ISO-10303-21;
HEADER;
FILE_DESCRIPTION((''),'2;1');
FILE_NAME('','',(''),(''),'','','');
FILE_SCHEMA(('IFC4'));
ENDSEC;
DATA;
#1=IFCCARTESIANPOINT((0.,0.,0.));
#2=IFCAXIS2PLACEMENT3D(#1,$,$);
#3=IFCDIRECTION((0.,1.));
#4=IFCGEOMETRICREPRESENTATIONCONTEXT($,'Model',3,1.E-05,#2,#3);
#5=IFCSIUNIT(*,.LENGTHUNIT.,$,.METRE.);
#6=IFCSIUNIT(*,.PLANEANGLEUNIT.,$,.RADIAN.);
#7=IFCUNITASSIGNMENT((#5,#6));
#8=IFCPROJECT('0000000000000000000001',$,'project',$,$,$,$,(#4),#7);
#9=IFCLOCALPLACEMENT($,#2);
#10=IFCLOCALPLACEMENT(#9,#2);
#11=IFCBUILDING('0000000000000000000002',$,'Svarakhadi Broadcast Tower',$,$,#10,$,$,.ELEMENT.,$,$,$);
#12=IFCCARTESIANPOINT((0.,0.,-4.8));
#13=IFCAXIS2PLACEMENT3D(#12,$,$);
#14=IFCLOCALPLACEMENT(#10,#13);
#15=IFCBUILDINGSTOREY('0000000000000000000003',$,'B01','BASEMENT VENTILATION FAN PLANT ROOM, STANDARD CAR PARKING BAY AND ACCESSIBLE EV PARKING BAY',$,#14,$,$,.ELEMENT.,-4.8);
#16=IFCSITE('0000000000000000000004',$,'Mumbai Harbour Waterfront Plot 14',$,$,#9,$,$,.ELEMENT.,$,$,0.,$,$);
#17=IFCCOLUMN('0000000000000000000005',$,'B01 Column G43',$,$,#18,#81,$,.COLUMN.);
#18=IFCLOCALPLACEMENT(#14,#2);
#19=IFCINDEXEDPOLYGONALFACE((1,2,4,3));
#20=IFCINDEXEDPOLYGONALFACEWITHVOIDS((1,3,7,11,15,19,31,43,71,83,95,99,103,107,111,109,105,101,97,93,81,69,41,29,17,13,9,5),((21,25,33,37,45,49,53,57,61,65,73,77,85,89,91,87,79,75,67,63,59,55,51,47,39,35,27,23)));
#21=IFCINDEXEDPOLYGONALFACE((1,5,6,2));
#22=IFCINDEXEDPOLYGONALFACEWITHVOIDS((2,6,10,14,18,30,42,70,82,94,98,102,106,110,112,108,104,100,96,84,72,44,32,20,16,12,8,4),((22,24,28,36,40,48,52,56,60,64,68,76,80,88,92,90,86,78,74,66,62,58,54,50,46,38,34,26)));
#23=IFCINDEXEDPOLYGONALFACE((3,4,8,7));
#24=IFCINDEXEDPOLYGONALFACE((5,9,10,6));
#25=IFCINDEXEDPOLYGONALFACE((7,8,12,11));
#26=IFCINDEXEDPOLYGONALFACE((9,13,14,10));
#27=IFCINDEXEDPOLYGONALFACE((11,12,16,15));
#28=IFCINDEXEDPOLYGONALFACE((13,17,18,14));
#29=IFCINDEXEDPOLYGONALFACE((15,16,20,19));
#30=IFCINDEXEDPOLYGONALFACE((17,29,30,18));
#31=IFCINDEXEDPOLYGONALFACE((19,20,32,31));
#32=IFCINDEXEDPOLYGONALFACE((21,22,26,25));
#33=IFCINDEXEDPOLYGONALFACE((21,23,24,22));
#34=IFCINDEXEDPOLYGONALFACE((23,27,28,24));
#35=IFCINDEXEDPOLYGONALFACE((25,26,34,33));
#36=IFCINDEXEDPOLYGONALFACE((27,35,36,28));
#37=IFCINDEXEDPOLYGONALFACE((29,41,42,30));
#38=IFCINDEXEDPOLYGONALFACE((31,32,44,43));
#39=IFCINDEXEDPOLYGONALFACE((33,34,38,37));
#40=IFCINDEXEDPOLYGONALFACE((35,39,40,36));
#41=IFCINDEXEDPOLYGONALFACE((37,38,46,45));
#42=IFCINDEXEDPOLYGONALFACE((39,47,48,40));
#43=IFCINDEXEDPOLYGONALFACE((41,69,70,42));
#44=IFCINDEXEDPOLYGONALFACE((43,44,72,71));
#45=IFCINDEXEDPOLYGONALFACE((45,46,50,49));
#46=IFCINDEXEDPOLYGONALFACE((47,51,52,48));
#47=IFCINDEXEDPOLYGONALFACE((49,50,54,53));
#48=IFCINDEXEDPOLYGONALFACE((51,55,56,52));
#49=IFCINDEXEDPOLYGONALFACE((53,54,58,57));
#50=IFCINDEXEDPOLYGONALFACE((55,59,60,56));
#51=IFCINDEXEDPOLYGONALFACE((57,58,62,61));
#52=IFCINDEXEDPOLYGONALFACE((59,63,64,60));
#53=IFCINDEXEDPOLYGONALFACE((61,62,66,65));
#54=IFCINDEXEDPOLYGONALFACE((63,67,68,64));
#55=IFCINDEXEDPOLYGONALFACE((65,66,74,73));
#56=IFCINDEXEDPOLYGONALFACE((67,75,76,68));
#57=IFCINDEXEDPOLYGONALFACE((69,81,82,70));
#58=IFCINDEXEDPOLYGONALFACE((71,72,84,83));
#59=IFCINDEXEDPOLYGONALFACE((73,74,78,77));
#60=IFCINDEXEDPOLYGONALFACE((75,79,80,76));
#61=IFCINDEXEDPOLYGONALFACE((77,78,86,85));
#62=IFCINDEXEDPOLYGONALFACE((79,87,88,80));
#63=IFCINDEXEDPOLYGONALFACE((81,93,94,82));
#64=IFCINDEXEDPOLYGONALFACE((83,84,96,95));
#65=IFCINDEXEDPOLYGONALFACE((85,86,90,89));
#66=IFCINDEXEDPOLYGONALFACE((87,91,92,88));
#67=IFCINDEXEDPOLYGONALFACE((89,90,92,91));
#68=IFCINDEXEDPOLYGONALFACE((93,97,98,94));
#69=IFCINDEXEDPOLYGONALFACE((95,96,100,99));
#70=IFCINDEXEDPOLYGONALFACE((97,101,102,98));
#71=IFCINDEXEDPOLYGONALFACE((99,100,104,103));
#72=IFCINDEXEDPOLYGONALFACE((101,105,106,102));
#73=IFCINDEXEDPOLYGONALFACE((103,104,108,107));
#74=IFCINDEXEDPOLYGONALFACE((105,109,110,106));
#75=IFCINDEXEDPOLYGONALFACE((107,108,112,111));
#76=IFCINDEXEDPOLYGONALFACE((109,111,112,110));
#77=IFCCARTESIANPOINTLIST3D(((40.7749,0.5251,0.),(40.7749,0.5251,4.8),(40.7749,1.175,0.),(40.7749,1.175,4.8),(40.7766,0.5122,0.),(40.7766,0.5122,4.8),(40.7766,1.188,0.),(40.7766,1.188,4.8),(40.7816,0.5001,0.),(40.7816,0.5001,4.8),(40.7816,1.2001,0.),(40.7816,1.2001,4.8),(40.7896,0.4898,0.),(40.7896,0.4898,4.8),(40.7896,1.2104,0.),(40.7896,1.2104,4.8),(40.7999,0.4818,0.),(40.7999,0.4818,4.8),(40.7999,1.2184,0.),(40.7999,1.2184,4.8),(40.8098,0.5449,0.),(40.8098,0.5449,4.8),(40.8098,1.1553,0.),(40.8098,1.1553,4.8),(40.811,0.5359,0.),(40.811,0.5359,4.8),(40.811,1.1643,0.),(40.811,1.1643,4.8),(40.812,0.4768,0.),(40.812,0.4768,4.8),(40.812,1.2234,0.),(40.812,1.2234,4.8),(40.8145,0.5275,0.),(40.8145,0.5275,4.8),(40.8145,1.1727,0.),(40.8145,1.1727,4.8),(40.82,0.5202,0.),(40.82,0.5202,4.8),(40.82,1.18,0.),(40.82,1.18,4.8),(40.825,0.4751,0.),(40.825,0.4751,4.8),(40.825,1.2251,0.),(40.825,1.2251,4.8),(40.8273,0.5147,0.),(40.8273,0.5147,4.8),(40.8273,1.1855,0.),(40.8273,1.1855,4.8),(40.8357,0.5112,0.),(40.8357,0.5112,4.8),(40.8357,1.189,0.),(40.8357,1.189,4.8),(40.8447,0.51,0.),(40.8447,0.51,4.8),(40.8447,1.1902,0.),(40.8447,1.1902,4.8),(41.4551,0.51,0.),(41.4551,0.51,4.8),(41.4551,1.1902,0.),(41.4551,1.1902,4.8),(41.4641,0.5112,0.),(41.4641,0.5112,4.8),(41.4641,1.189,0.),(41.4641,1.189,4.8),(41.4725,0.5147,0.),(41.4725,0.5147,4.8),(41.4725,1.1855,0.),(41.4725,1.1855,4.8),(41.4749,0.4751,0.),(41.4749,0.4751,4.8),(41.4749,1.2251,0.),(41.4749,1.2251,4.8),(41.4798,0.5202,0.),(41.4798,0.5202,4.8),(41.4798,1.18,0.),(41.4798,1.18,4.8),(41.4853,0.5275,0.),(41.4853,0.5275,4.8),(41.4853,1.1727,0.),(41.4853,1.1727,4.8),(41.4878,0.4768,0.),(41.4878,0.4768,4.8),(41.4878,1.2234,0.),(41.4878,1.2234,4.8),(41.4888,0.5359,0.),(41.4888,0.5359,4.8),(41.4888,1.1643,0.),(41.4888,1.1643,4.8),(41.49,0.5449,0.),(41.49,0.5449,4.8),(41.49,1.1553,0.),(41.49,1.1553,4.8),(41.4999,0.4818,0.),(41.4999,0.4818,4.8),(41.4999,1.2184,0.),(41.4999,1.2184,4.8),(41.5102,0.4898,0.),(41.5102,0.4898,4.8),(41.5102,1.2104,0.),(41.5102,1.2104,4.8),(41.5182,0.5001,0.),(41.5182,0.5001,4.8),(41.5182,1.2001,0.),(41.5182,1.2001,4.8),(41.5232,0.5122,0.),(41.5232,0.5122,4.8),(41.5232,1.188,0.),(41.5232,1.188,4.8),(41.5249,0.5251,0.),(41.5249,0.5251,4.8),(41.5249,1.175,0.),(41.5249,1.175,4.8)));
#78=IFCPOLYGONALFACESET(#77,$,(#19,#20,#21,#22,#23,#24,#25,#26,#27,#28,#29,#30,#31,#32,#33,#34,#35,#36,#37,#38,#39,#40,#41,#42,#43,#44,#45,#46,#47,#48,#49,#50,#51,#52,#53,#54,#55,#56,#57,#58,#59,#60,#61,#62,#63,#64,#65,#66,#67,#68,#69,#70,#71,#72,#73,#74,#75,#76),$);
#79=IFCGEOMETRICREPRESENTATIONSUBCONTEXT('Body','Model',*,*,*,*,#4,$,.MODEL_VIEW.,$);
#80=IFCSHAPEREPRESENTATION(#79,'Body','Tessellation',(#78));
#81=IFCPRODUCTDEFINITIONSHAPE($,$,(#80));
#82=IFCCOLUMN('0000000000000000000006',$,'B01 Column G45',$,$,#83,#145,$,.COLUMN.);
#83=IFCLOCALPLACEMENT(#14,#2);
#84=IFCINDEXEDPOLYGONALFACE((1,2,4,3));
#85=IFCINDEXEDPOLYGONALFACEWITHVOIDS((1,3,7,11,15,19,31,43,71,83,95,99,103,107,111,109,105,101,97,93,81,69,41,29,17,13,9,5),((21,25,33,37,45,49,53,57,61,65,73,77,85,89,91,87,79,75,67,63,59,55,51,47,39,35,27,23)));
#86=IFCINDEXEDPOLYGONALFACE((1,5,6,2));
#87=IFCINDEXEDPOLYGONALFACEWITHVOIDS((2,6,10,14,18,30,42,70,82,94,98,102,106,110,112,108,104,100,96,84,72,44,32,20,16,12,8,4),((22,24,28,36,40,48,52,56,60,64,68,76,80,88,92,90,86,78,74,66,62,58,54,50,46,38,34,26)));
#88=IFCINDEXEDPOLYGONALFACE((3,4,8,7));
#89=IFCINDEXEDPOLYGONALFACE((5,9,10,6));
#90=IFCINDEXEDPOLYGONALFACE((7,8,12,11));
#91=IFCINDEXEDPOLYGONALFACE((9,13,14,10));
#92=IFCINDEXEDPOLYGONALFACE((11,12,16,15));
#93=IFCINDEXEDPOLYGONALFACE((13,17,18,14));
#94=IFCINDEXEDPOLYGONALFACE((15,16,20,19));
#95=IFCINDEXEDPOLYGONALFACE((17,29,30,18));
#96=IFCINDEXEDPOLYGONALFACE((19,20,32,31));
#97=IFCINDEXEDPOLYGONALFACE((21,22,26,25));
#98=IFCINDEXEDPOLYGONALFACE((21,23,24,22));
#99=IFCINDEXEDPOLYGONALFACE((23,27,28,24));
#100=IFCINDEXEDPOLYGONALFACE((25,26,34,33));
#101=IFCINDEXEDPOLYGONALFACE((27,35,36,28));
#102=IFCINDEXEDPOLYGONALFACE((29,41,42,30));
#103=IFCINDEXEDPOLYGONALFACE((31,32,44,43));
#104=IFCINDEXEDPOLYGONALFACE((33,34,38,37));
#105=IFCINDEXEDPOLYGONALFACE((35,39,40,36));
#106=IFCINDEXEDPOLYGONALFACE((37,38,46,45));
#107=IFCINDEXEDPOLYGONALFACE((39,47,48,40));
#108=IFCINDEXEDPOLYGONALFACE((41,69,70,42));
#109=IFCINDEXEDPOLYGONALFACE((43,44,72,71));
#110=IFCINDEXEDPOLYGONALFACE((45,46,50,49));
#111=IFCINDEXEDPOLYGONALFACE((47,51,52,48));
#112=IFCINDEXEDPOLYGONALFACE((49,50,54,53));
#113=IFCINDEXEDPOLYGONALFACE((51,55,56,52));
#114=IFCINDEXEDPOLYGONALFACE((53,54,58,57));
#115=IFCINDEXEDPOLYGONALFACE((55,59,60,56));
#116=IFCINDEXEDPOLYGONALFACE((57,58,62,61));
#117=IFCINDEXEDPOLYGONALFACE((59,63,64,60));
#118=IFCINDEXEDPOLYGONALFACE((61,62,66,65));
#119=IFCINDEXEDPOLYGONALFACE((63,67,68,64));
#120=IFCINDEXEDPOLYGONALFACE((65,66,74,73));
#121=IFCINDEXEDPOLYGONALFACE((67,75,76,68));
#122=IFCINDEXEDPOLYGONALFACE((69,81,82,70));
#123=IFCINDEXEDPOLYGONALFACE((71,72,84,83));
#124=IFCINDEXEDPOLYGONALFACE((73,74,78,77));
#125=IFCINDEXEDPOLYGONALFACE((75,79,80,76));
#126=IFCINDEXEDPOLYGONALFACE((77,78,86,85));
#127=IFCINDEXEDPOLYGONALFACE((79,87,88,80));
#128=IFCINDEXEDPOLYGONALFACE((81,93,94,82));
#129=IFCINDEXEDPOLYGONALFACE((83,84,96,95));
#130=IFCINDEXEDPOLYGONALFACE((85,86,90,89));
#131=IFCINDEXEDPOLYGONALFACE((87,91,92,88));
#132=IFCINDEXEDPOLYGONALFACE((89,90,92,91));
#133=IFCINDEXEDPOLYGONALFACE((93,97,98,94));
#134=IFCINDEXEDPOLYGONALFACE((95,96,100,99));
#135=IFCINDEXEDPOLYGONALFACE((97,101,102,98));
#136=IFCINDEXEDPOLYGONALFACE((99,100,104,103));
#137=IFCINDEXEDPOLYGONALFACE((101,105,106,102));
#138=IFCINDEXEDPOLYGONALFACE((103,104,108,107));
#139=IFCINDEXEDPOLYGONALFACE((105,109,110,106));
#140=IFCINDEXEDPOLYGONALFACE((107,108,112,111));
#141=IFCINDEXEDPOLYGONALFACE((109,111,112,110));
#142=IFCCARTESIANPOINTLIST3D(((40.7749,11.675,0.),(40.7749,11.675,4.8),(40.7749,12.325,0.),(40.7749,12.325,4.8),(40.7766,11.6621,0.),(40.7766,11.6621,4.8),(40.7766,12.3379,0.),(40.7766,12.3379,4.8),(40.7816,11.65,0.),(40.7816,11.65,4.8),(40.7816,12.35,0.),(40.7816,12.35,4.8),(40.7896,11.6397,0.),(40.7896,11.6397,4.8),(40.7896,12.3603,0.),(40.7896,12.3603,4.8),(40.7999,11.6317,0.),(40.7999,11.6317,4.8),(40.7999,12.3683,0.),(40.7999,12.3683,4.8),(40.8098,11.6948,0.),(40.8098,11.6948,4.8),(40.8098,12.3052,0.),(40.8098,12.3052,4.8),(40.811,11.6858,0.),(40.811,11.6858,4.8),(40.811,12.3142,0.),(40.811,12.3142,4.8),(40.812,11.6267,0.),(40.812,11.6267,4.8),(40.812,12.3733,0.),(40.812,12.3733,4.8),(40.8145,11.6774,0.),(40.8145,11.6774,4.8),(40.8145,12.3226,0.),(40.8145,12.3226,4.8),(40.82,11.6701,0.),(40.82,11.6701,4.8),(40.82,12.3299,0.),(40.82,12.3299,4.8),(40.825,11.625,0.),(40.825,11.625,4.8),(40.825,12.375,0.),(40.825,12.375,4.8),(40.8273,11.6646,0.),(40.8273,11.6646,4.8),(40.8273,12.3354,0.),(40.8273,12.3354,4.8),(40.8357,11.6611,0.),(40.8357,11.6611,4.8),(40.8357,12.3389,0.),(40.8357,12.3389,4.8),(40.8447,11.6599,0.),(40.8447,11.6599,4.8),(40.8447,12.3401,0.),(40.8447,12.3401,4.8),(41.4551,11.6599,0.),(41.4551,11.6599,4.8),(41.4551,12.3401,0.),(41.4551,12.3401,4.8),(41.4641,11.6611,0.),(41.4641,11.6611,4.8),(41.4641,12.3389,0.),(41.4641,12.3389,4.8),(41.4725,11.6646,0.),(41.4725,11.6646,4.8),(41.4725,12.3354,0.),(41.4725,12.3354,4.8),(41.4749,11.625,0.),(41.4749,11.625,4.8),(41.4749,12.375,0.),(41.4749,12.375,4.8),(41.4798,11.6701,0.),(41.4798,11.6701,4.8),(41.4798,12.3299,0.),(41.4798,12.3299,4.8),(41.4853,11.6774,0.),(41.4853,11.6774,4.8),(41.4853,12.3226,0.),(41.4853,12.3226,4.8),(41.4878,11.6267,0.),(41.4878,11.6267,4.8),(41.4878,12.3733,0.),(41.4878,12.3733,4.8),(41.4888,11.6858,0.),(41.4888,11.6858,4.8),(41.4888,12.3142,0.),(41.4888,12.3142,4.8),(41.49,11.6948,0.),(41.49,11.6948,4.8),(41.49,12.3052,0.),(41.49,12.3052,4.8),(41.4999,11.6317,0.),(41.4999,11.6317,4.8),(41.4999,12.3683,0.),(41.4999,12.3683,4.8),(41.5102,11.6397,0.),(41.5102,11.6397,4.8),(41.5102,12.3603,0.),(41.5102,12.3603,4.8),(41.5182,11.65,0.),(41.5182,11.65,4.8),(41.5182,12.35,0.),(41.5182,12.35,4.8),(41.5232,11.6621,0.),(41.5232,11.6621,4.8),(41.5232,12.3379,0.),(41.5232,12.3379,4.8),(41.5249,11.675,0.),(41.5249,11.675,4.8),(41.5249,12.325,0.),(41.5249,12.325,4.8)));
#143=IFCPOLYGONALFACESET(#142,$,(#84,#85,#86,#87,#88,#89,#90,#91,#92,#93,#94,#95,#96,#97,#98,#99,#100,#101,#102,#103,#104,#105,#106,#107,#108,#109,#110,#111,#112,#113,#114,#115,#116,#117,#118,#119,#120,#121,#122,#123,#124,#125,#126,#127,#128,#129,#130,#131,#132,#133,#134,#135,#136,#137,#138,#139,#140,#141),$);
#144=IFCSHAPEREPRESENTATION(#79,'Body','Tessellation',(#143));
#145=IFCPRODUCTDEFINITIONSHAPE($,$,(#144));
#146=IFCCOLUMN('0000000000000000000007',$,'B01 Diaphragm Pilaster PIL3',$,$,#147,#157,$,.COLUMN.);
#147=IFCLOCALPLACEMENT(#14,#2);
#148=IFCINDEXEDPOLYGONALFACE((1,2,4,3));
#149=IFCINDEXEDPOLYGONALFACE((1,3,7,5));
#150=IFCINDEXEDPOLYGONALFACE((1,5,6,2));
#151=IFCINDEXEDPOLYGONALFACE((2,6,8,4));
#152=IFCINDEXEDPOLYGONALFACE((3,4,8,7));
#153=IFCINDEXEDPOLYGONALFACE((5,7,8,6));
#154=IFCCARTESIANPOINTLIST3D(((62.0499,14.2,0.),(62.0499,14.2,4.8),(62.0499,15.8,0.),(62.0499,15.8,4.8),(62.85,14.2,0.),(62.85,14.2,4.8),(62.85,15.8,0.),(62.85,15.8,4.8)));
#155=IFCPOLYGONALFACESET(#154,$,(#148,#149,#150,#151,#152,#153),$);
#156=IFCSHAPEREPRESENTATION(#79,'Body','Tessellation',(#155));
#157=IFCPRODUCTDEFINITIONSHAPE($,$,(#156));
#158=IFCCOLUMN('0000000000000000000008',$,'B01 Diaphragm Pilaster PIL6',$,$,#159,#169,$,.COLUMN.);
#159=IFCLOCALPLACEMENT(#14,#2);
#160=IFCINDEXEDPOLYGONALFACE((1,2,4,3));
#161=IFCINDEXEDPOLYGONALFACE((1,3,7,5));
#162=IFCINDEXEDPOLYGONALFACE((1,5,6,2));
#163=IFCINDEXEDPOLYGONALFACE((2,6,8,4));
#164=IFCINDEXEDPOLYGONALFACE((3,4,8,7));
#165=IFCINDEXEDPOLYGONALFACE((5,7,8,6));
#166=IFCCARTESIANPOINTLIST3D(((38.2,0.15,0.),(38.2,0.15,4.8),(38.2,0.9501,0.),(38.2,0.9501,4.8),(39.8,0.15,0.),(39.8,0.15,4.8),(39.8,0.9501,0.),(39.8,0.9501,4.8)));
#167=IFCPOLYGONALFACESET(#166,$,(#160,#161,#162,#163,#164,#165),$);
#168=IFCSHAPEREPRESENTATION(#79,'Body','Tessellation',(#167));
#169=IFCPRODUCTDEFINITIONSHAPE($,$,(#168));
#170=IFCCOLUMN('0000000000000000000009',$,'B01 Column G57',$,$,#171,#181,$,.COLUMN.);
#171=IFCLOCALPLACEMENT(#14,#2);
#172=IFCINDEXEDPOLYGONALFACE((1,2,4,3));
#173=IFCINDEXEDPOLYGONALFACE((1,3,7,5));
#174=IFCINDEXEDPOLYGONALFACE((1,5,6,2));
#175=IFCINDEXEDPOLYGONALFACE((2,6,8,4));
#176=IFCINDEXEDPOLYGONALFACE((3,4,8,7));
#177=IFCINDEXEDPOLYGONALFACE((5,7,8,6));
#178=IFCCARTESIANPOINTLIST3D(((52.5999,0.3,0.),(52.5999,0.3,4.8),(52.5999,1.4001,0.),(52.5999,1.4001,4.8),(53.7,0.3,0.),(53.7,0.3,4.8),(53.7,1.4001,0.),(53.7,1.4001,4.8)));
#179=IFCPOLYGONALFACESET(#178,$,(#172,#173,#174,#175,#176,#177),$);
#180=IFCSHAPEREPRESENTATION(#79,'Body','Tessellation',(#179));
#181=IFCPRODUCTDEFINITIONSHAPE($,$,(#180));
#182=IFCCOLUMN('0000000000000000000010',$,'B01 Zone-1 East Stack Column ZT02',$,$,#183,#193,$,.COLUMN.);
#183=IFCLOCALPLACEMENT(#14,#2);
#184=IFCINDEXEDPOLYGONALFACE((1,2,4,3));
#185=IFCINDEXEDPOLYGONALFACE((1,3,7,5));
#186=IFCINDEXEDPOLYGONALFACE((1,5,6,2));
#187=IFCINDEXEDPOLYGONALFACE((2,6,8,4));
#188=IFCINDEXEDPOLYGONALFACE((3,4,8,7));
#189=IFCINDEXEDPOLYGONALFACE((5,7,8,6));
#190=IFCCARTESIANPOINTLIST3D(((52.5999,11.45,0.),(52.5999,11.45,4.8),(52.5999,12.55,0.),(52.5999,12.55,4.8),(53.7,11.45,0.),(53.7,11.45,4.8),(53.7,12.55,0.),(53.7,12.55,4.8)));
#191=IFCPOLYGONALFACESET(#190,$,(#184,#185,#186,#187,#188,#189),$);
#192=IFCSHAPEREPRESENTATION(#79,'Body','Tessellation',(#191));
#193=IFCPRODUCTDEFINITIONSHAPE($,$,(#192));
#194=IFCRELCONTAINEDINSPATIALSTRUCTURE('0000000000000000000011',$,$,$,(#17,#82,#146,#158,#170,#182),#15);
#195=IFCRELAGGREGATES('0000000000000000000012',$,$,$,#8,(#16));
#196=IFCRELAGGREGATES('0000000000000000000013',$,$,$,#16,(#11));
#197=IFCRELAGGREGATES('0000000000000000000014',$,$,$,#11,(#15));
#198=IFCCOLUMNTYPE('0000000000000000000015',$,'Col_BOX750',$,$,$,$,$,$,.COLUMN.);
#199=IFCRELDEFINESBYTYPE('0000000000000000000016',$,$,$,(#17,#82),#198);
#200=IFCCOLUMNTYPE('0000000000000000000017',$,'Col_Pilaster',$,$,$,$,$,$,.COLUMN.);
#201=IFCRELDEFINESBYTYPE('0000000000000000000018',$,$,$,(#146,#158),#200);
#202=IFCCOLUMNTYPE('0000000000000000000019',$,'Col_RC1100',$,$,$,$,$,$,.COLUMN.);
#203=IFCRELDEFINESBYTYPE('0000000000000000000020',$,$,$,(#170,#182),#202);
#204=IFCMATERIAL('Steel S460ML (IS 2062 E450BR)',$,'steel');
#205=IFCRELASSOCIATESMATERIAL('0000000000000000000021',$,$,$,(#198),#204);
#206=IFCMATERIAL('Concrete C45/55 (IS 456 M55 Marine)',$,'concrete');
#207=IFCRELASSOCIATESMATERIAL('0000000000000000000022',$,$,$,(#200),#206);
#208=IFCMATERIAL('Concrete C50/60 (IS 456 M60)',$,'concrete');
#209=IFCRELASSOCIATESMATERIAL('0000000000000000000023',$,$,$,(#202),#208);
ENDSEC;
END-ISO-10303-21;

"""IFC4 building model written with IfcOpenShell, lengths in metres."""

from ifc_helpers import new_model, si_unit, direction, frame, origin, origin_2d, place, context, subcontext, project, spatial, rectangle, hollow_rectangle, extrude, material, material_profile, profile_set, type_object, element, save


model = new_model("IFC4")

# Units and contexts
model_context = context("Model", 3, precision=1e-05, world=origin(), true_north=direction((0.0, 1.0)))
body_context = subcontext(model_context, "Body", "Model", "MODEL_VIEW")
ifc_project = project(units=[si_unit("LENGTHUNIT", "METRE"), si_unit("PLANEANGLEUNIT", "RADIAN")], contexts=[model_context])

# Site, building, storey
site_placement = place(None, origin())
site = spatial("IfcSite", under=ifc_project, at=site_placement, Name="Mumbai Harbour Waterfront Plot 14", CompositionType="ELEMENT", RefElevation=0.0)
building_placement = place(site_placement, origin())
building = spatial("IfcBuilding", under=site, at=building_placement, Name="Svarakhadi Broadcast Tower", CompositionType="ELEMENT")
storey_placement = place(building_placement, frame((0.0, 0.0, -4.8)))
storey = spatial("IfcBuildingStorey", under=building, at=storey_placement, Name="B01", Description="BASEMENT VENTILATION FAN PLANT ROOM, STANDARD CAR PARKING BAY AND ACCESSIBLE EV PARKING BAY", CompositionType="ELEMENT", Elevation=-4.8)

# Columns
ifc_material_1 = material(Name="Steel S460ML (IS 2062 E450BR)", Category="steel")
ifc_material_profile_1 = material_profile(ifc_material_1, hollow_rectangle(XDim=0.75, YDim=0.75, WallThickness=0.0349, InnerFilletRadius=0.0349, OuterFilletRadius=0.05, at=origin_2d()), Name="BOX 750x750x35")
ifc_profile_set_1 = profile_set([ifc_material_profile_1], Name="Steel S460ML (IS 2062 E450BR)")
column_type_1 = type_object("IfcColumnType", Name="Col_BOX750", PredefinedType="COLUMN", material=ifc_profile_set_1)
for number, where, z_axis, x_axis, name in (
    (1, (41.1499, 0.8501, 0.0), (0.0, 0.0, 1.0), (1.0, 0.0, 0.0), "B01 Column G43"),
    (2, (41.1499, 12.0, 0.0), (0.0, 0.0, 1.0), (1.0, 0.0, 0.0), "B01 Column G45"),
):
    element("IfcColumn", number, at=place(storey_placement, frame(where, z_axis=z_axis, x_axis=x_axis)), inside=storey, type_object=column_type_1, Name=name, PredefinedType="COLUMN", context=body_context, shape_type="SweptSolid", body=[
        extrude(hollow_rectangle(XDim=0.75, YDim=0.75, WallThickness=0.0349, InnerFilletRadius=0.0349, OuterFilletRadius=0.05, at=origin_2d()), origin(), (0.0, 0.0, 1.0), 4.8),
    ])
ifc_material_2 = material(Name="Concrete C45/55 (IS 456 M55 Marine)", Category="concrete")
ifc_material_profile_2 = material_profile(ifc_material_2, rectangle(XDim=0.8, YDim=1.6001, at=origin_2d()), Name="RC 800x1600")
ifc_profile_set_2 = profile_set([ifc_material_profile_2], Name="Concrete C45/55 (IS 456 M55 Marine)")
column_type_2 = type_object("IfcColumnType", Name="Col_Pilaster", PredefinedType="COLUMN", material=ifc_profile_set_2)
for number, where, z_axis, x_axis, name in (
    (3, (62.45, 15.0, 0.0), (0.0, 0.0, 1.0), (1.0, 0.0, 0.0), "B01 Diaphragm Pilaster PIL3"),
    (4, (39.0, 0.55, 0.0), (0.0, 0.0, 1.0), (0.0, 1.0, 0.0), "B01 Diaphragm Pilaster PIL6"),
):
    element("IfcColumn", number, at=place(storey_placement, frame(where, z_axis=z_axis, x_axis=x_axis)), inside=storey, type_object=column_type_2, Name=name, PredefinedType="COLUMN", context=body_context, shape_type="SweptSolid", body=[
        extrude(rectangle(XDim=0.8, YDim=1.6001, at=origin_2d()), origin(), (0.0, 0.0, 1.0), 4.8),
    ])
ifc_material_3 = material(Name="Concrete C50/60 (IS 456 M60)", Category="concrete")
ifc_material_profile_3 = material_profile(ifc_material_3, rectangle(XDim=1.1001, YDim=1.1001, at=origin_2d()), Name="RC 1100x1100")
ifc_profile_set_3 = profile_set([ifc_material_profile_3], Name="Concrete C50/60 (IS 456 M60)")
column_type_3 = type_object("IfcColumnType", Name="Col_RC1100", PredefinedType="COLUMN", material=ifc_profile_set_3)
for number, where, z_axis, x_axis, name in (
    (5, (53.1499, 0.8501, 0.0), (0.0, 0.0, 1.0), (1.0, 0.0, 0.0), "B01 Column G57"),
    (6, (53.1499, 12.0, 0.0), (0.0, 0.0, 1.0), (1.0, 0.0, 0.0), "B01 Zone-1 East Stack Column ZT02"),
):
    element("IfcColumn", number, at=place(storey_placement, frame(where, z_axis=z_axis, x_axis=x_axis)), inside=storey, type_object=column_type_3, Name=name, PredefinedType="COLUMN", context=body_context, shape_type="SweptSolid", body=[
        extrude(rectangle(XDim=1.1001, YDim=1.1001, at=origin_2d()), origin(), (0.0, 0.0, 1.0), 4.8),
    ])

save(model, "model.ifc")
